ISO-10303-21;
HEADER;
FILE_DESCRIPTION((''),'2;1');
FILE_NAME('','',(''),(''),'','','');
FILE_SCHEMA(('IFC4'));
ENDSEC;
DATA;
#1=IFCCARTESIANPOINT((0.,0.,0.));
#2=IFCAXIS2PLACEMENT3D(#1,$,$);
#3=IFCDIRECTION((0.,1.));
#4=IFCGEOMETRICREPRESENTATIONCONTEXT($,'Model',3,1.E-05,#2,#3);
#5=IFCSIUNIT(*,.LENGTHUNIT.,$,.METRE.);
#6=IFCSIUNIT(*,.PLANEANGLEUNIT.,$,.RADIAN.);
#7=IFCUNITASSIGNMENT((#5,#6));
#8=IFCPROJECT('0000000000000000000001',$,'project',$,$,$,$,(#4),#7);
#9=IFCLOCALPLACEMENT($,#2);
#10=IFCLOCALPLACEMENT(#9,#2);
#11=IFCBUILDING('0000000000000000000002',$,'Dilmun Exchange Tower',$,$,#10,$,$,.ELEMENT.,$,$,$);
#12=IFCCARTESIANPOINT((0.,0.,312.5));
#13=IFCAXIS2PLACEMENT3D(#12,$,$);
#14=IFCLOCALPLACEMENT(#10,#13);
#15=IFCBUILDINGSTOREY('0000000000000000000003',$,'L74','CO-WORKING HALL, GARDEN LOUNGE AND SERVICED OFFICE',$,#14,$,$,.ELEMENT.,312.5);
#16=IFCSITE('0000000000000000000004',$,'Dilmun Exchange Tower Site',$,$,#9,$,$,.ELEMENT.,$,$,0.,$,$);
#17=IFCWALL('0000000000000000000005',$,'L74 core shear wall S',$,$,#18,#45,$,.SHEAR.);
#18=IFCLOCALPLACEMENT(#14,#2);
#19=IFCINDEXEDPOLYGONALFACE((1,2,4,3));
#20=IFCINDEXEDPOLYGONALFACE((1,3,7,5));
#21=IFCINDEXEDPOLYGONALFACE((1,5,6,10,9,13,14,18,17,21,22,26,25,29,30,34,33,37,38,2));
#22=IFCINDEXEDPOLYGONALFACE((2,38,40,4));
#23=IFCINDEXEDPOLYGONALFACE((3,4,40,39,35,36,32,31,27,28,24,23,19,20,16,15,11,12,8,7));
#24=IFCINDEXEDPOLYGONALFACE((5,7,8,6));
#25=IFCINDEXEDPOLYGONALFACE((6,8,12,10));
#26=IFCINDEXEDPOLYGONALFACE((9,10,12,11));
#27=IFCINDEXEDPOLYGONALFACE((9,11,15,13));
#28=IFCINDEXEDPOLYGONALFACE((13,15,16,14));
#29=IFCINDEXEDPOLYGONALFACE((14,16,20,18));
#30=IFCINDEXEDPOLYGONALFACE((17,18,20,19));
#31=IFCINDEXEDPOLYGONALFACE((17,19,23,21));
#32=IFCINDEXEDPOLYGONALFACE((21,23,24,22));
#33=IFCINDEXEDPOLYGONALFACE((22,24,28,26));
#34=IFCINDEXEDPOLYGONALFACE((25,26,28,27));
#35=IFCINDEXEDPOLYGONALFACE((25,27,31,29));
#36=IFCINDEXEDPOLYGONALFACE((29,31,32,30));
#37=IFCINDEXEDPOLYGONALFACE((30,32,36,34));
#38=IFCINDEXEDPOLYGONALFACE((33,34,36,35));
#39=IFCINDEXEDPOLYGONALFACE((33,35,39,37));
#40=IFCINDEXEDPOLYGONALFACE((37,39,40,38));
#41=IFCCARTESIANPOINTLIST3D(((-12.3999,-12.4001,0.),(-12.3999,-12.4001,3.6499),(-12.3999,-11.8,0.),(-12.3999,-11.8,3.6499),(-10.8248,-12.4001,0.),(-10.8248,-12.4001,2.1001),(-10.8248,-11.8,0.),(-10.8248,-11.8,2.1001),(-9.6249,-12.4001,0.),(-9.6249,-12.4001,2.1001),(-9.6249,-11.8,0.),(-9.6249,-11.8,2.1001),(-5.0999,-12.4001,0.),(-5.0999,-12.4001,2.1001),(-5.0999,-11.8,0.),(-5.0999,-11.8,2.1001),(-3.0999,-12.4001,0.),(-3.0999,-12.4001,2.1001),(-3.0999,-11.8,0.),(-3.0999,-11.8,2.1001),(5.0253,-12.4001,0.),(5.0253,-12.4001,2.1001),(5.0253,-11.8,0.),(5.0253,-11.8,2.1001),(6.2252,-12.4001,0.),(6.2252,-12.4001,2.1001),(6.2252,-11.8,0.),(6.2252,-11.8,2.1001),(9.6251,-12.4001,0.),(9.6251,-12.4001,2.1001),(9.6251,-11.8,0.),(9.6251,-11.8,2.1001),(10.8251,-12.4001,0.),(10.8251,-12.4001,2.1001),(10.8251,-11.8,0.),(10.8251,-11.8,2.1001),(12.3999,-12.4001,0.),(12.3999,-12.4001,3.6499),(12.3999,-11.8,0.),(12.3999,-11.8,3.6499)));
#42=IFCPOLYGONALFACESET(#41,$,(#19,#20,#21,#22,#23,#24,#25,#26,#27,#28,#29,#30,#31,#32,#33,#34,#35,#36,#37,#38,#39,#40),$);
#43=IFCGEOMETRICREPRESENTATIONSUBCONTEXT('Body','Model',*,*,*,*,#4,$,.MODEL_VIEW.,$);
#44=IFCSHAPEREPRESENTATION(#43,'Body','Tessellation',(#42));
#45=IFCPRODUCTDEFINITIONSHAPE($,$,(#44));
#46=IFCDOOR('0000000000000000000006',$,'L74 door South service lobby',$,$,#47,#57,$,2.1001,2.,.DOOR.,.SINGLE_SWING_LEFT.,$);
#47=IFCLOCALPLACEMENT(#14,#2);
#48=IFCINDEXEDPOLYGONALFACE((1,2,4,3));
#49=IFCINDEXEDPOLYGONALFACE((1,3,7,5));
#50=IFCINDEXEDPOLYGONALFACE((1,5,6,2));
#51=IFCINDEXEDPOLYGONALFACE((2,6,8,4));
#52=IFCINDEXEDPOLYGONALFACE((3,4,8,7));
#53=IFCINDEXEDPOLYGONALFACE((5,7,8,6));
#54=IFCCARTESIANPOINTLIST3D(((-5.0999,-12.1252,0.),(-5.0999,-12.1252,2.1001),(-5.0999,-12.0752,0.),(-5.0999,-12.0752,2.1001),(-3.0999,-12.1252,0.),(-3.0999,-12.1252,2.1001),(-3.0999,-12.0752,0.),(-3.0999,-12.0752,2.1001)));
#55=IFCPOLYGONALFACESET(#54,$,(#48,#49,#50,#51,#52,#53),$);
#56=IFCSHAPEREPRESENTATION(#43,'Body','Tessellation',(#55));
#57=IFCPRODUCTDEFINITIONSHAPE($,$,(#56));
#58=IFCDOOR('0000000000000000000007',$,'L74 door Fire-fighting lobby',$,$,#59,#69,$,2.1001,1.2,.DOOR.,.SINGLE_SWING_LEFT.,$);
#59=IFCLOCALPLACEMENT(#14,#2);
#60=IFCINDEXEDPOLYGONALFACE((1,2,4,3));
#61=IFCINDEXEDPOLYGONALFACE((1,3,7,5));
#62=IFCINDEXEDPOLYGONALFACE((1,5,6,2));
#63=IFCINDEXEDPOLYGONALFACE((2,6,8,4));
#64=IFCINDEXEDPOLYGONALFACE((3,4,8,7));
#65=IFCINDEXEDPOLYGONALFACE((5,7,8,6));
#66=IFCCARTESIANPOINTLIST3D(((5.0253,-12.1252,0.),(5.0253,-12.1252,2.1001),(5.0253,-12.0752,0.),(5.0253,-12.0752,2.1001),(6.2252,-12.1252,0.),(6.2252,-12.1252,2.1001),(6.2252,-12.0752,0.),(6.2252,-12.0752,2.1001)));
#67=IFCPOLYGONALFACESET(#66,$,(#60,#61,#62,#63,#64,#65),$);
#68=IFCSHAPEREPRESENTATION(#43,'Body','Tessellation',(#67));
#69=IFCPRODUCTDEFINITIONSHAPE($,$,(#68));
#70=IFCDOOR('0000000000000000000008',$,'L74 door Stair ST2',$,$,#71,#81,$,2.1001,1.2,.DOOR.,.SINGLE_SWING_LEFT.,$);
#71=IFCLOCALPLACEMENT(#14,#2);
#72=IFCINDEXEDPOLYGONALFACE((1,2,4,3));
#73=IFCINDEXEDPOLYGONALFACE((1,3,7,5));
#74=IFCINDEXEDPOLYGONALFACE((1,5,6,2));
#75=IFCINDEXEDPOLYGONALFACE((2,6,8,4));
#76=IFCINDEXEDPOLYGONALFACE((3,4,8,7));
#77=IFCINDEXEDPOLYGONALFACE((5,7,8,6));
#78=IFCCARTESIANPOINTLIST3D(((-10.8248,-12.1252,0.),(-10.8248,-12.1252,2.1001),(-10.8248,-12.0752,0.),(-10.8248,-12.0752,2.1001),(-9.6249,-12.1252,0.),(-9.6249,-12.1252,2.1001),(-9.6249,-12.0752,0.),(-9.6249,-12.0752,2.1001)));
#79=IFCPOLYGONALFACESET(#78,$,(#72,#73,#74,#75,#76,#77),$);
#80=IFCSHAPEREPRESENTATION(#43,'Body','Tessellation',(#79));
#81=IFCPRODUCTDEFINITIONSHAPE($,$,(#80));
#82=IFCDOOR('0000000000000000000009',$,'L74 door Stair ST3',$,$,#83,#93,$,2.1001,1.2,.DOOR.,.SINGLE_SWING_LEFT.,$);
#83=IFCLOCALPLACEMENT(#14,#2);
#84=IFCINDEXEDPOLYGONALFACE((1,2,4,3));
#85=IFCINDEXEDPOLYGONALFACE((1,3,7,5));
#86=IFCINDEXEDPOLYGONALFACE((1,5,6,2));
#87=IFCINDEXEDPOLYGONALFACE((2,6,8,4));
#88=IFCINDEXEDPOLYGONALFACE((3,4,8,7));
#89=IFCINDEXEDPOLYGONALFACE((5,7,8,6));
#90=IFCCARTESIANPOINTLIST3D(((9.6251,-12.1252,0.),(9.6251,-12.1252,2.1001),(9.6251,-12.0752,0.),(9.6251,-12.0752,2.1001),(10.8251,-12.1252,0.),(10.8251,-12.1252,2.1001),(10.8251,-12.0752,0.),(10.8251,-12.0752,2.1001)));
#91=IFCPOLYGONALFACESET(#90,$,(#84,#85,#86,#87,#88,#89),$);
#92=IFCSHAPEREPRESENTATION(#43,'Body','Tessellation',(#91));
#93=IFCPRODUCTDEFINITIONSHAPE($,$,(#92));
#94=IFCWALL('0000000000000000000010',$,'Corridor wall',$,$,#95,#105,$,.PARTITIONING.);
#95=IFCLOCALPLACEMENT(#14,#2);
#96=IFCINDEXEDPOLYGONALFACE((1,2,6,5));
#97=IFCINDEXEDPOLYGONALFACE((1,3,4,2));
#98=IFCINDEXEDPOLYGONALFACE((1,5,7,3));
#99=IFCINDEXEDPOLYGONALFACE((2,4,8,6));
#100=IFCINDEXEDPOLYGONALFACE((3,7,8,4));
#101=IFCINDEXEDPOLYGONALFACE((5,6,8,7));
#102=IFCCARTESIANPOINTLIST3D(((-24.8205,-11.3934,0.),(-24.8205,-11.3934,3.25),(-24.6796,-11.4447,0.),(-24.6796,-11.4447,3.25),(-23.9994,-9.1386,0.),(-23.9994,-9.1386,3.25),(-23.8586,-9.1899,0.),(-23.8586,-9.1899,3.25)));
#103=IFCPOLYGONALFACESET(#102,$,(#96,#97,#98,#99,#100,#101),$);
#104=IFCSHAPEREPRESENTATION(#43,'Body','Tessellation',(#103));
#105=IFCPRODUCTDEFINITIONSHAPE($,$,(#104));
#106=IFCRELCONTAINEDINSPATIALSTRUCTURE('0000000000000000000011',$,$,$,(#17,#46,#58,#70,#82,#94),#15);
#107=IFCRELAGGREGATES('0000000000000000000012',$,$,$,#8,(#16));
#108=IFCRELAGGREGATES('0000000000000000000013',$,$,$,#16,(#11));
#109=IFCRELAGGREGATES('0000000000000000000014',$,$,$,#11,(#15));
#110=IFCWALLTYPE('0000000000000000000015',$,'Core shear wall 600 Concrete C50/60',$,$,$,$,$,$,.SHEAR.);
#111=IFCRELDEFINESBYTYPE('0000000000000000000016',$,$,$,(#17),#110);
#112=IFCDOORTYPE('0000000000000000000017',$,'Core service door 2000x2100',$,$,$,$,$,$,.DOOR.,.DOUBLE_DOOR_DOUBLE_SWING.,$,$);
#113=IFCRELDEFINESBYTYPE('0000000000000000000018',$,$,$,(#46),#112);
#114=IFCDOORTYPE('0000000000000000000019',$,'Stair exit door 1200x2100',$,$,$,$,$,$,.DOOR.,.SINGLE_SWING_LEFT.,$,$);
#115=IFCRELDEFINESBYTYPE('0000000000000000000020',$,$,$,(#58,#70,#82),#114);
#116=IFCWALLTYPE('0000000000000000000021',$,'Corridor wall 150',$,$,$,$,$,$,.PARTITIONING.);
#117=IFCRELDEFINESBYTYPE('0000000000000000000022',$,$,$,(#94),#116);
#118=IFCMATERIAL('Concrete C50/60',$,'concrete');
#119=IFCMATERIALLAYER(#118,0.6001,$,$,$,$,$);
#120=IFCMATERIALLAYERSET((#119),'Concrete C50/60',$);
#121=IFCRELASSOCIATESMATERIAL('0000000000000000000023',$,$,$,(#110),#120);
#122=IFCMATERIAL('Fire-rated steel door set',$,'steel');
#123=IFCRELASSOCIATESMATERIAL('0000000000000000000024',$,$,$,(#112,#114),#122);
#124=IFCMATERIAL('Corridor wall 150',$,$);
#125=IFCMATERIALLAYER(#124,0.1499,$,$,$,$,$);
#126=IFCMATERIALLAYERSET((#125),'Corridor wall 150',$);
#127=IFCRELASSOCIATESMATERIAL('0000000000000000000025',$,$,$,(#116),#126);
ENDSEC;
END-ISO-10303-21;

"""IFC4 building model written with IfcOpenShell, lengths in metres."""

from ifc_helpers import new_model, si_unit, direction, frame, frame_2d, origin, place, context, subcontext, project, spatial, rectangle, extrude, material, layer, layer_set, type_object, element, fill, save


model = new_model("IFC4")

# Units and contexts
model_context = context("Model", 3, precision=1e-05, world=origin(), true_north=direction((0.0, 1.0)))
body_context = subcontext(model_context, "Body", "Model", "MODEL_VIEW")
ifc_project = project(units=[si_unit("LENGTHUNIT", "METRE"), si_unit("PLANEANGLEUNIT", "RADIAN")], contexts=[model_context])

# Site, building, storey
site_placement = place(None, origin())
site = spatial("IfcSite", under=ifc_project, at=site_placement, Name="Dilmun Exchange Tower Site", CompositionType="ELEMENT", RefElevation=0.0)
building_placement = place(site_placement, origin())
building = spatial("IfcBuilding", under=site, at=building_placement, Name="Dilmun Exchange Tower", CompositionType="ELEMENT")
storey_placement = place(building_placement, frame((0.0, 0.0, 312.5)))
storey = spatial("IfcBuildingStorey", under=building, at=storey_placement, Name="L74", Description="CO-WORKING HALL, GARDEN LOUNGE AND SERVICED OFFICE", CompositionType="ELEMENT", Elevation=312.5)

# Wall, openings, doors
ifc_material_1 = material(Name="Concrete C50/60", Category="concrete")
ifc_layer_1 = layer(ifc_material_1, 0.6001)
ifc_layer_set_1 = layer_set([ifc_layer_1], Name="Concrete C50/60")
wall_type_1 = type_object("IfcWallType", Name="Core shear wall 600 Concrete C50/60", PredefinedType="SHEAR", material=ifc_layer_set_1)
wall_1_placement = place(storey_placement, frame((-12.3999, -12.1001, 0.0), z_axis=(0.0, 0.0, 1.0), x_axis=(1.0, 0.0, 0.0)))
wall_1 = element("IfcWall", 1, at=wall_1_placement, inside=storey, type_object=wall_type_1, Name="L74 core shear wall S", PredefinedType="SHEAR", context=body_context, shape_type="SweptSolid", body=[
    extrude(rectangle(XDim=24.7998, YDim=0.6001, at=frame_2d((12.3999, 0.0))), origin(), (0.0, 0.0, 1.0), 3.6499),
])
opening_1_placement = place(wall_1_placement, frame((7.3, 0.0, 0.0)))
opening_1 = element("IfcOpeningElement", 2, at=opening_1_placement, cuts=wall_1, PredefinedType="OPENING", context=body_context, shape_type="SweptSolid", body=[
    extrude(rectangle(XDim=2.0, YDim=2.1001, at=frame_2d((1.0, 1.05))), frame((0.0, 0.3101, 0.0), z_axis=(0.0, -1.0, 0.0), x_axis=(1.0, 0.0, 0.0)), (0.0, 0.0, 1.0), 0.6201),
])
opening_2_placement = place(wall_1_placement, frame((17.425, 0.0, 0.0)))
opening_2 = element("IfcOpeningElement", 3, at=opening_2_placement, cuts=wall_1, PredefinedType="OPENING", context=body_context, shape_type="SweptSolid", body=[
    extrude(rectangle(XDim=1.2, YDim=2.1001, at=frame_2d((0.6001, 1.05))), frame((0.0, 0.3101, 0.0), z_axis=(0.0, -1.0, 0.0), x_axis=(1.0, 0.0, 0.0)), (0.0, 0.0, 1.0), 0.6201),
])
opening_3_placement = place(wall_1_placement, frame((1.575, 0.0, 0.0)))
opening_3 = element("IfcOpeningElement", 4, at=opening_3_placement, cuts=wall_1, PredefinedType="OPENING", context=body_context, shape_type="SweptSolid", body=[
    extrude(rectangle(XDim=1.2, YDim=2.1001, at=frame_2d((0.6001, 1.05))), frame((0.0, 0.3101, 0.0), z_axis=(0.0, -1.0, 0.0), x_axis=(1.0, 0.0, 0.0)), (0.0, 0.0, 1.0), 0.6201),
])
opening_4_placement = place(wall_1_placement, frame((22.0249, 0.0, 0.0)))
opening_4 = element("IfcOpeningElement", 5, at=opening_4_placement, cuts=wall_1, PredefinedType="OPENING", context=body_context, shape_type="SweptSolid", body=[
    extrude(rectangle(XDim=1.2, YDim=2.1001, at=frame_2d((0.6001, 1.05))), frame((0.0, 0.3101, 0.0), z_axis=(0.0, -1.0, 0.0), x_axis=(1.0, 0.0, 0.0)), (0.0, 0.0, 1.0), 0.6201),
])
ifc_material_2 = material(Name="Fire-rated steel door set", Category="steel")
door_type_1 = type_object("IfcDoorType", Name="Core service door 2000x2100", OperationType="DOUBLE_DOOR_DOUBLE_SWING", PredefinedType="DOOR", material=ifc_material_2)
door_1_placement = place(opening_1_placement, origin())
door_1 = element("IfcDoor", 6, at=door_1_placement, inside=storey, type_object=door_type_1, Name="L74 door South service lobby", OperationType="SINGLE_SWING_LEFT", OverallHeight=2.1001, OverallWidth=2.0, PredefinedType="DOOR", context=body_context, shape_type="SweptSolid", body=[
    extrude(rectangle(XDim=2.0, YDim=2.1001, at=frame_2d((1.0, 1.05))), frame((0.0, 0.0249, 0.0), z_axis=(0.0, -1.0, 0.0), x_axis=(1.0, 0.0, 0.0)), (0.0, 0.0, 1.0), 0.05),
])
fill(opening_1, door_1)
door_type_2 = type_object("IfcDoorType", Name="Stair exit door 1200x2100", OperationType="SINGLE_SWING_LEFT", PredefinedType="DOOR", material=ifc_material_2)
door_2_placement = place(opening_2_placement, origin())
door_2 = element("IfcDoor", 7, at=door_2_placement, inside=storey, type_object=door_type_2, Name="L74 door Fire-fighting lobby", OperationType="SINGLE_SWING_LEFT", OverallHeight=2.1001, OverallWidth=1.2, PredefinedType="DOOR", context=body_context, shape_type="SweptSolid", body=[
    extrude(rectangle(XDim=1.2, YDim=2.1001, at=frame_2d((0.6001, 1.05))), frame((0.0, 0.0249, 0.0), z_axis=(0.0, -1.0, 0.0), x_axis=(1.0, 0.0, 0.0)), (0.0, 0.0, 1.0), 0.05),
])
fill(opening_2, door_2)
door_3_placement = place(opening_3_placement, origin())
door_3 = element("IfcDoor", 8, at=door_3_placement, inside=storey, type_object=door_type_2, Name="L74 door Stair ST2", OperationType="SINGLE_SWING_LEFT", OverallHeight=2.1001, OverallWidth=1.2, PredefinedType="DOOR", context=body_context, shape_type="SweptSolid", body=[
    extrude(rectangle(XDim=1.2, YDim=2.1001, at=frame_2d((0.6001, 1.05))), frame((0.0, 0.0249, 0.0), z_axis=(0.0, -1.0, 0.0), x_axis=(1.0, 0.0, 0.0)), (0.0, 0.0, 1.0), 0.05),
])
fill(opening_3, door_3)
door_4_placement = place(opening_4_placement, origin())
door_4 = element("IfcDoor", 9, at=door_4_placement, inside=storey, type_object=door_type_2, Name="L74 door Stair ST3", OperationType="SINGLE_SWING_LEFT", OverallHeight=2.1001, OverallWidth=1.2, PredefinedType="DOOR", context=body_context, shape_type="SweptSolid", body=[
    extrude(rectangle(XDim=1.2, YDim=2.1001, at=frame_2d((0.6001, 1.05))), frame((0.0, 0.0249, 0.0), z_axis=(0.0, -1.0, 0.0), x_axis=(1.0, 0.0, 0.0)), (0.0, 0.0, 1.0), 0.05),
])
fill(opening_4, door_4)

# Wall
ifc_material_3 = material(Name="Corridor wall 150")
ifc_layer_2 = layer(ifc_material_3, 0.1499)
ifc_layer_set_2 = layer_set([ifc_layer_2], Name="Corridor wall 150")
wall_type_2 = type_object("IfcWallType", Name="Corridor wall 150", PredefinedType="PARTITIONING", material=ifc_layer_set_2)
wall_2_placement = place(storey_placement, frame((-24.75, -11.4189, 0.0), z_axis=(0.0, 0.0, 1.0), x_axis=(0.342143, 0.939648, 0.0)))
element("IfcWall", 10, at=wall_2_placement, inside=storey, type_object=wall_type_2, Name="Corridor wall", PredefinedType="PARTITIONING", context=body_context, shape_type="SweptSolid", body=[
    extrude(rectangle(XDim=2.3997, YDim=0.1499, at=frame_2d((1.1997, 0.0))), origin(), (0.0, 0.0, 1.0), 3.25),
])

save(model, "model.ifc")
